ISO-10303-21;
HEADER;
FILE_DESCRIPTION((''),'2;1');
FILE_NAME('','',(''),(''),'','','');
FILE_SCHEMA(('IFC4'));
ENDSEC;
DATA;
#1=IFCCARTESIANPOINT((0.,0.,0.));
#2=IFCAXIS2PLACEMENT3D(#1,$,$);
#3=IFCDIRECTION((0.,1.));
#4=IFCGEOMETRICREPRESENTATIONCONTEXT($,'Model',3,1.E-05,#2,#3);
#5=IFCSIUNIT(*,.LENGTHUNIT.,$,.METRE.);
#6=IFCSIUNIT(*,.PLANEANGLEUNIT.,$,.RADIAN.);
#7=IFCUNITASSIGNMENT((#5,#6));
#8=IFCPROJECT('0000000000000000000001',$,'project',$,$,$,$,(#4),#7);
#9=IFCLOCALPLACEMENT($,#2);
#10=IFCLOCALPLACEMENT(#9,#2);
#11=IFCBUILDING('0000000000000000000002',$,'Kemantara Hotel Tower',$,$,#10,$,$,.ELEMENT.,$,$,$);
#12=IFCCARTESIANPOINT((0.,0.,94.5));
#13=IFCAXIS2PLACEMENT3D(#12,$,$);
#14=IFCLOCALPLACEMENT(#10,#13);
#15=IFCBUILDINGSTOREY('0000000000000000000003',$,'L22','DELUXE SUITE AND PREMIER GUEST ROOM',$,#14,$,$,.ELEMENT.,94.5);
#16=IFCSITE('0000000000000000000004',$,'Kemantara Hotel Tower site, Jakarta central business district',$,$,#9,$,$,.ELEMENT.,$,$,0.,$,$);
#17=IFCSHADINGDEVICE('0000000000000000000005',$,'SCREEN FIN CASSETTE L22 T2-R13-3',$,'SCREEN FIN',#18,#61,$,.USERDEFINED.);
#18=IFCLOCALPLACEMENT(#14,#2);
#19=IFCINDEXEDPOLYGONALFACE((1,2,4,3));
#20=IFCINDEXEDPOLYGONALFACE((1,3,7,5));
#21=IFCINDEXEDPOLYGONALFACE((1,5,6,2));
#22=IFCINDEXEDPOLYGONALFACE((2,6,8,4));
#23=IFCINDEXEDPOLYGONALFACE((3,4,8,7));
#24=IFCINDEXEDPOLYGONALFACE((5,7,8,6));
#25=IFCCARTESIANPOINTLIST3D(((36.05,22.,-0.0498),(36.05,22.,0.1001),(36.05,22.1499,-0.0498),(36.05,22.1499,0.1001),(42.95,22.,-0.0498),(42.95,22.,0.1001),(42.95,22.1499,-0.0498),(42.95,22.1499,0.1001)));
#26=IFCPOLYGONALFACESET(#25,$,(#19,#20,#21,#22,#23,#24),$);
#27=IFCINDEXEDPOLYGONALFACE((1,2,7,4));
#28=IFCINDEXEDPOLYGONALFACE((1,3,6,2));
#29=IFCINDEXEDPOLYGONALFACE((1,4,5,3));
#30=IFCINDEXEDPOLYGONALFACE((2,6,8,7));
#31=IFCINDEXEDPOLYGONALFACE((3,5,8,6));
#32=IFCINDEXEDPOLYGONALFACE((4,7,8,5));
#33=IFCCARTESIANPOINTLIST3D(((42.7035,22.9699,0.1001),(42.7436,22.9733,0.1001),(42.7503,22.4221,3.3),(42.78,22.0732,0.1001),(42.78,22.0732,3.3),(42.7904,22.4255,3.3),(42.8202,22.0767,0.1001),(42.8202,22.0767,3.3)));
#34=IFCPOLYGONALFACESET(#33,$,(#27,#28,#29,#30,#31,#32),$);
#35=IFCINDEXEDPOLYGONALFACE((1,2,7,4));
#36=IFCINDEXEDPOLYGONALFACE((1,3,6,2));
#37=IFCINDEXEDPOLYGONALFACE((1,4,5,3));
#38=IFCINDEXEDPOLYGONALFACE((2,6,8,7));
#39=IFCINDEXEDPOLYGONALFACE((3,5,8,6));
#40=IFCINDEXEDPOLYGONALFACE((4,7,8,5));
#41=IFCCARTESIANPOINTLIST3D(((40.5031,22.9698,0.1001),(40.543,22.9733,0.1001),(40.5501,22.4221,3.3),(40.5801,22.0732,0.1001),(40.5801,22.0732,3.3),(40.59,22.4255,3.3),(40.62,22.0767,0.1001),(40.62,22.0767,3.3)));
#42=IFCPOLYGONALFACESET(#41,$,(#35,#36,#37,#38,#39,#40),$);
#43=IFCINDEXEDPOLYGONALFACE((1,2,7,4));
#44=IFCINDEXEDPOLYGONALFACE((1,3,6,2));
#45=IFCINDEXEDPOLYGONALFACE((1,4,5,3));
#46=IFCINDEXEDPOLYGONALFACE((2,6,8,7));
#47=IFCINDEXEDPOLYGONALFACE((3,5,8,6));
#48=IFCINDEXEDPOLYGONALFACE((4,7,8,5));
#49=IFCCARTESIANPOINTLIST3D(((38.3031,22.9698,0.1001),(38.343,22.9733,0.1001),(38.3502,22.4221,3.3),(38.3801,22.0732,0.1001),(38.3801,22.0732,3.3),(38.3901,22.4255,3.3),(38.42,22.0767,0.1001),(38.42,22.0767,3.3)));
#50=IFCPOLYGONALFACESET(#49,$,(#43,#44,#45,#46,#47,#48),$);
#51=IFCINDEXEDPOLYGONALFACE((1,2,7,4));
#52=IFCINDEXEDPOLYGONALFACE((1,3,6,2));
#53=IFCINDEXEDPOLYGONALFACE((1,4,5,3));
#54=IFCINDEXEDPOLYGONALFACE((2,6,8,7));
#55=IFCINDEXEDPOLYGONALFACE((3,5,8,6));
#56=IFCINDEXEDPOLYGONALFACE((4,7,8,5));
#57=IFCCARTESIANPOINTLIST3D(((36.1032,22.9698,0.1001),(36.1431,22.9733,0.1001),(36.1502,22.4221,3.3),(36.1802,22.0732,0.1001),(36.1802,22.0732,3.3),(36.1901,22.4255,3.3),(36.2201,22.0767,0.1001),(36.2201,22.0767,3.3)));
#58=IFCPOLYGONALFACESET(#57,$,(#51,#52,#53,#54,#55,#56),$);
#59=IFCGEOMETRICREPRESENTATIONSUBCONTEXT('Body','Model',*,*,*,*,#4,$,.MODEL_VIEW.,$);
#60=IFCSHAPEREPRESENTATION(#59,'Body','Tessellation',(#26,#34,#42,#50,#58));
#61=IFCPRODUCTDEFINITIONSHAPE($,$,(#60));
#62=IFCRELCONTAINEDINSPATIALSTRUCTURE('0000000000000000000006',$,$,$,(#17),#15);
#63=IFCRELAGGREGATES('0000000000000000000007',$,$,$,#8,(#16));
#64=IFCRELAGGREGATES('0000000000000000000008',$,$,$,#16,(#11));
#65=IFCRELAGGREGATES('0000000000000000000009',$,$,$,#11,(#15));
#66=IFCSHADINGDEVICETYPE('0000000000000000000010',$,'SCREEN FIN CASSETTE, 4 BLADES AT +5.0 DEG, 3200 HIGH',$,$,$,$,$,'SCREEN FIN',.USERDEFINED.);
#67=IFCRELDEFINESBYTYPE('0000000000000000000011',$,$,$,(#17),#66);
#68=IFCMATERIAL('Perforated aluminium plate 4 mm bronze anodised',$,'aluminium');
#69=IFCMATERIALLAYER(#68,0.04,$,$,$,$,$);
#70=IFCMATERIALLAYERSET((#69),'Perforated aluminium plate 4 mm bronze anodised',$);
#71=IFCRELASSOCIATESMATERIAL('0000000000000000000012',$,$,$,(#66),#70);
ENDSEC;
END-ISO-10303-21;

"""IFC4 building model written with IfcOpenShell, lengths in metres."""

from ifc_helpers import new_model, si_unit, direction, frame, origin, origin_2d, place, context, subcontext, project, spatial, polyline, rectangle, outline, extrude, source, transform, mapped, material, layer, layer_set, type_object, element, save


model = new_model("IFC4")

# Units and contexts
model_context = context("Model", 3, precision=1e-05, world=origin(), true_north=direction((0.0, 1.0)))
body_context = subcontext(model_context, "Body", "Model", "MODEL_VIEW")
ifc_project = project(units=[si_unit("LENGTHUNIT", "METRE"), si_unit("PLANEANGLEUNIT", "RADIAN")], contexts=[model_context])

# Site, building, storey
site_placement = place(None, origin())
site = spatial("IfcSite", under=ifc_project, at=site_placement, Name="Kemantara Hotel Tower site, Jakarta central business district", CompositionType="ELEMENT", RefElevation=0.0)
building_placement = place(site_placement, origin())
building = spatial("IfcBuilding", under=site, at=building_placement, Name="Kemantara Hotel Tower", CompositionType="ELEMENT")
storey_placement = place(building_placement, frame((0.0, 0.0, 94.5)))
storey = spatial("IfcBuildingStorey", under=building, at=storey_placement, Name="L22", Description="DELUXE SUITE AND PREMIER GUEST ROOM", CompositionType="ELEMENT", Elevation=94.5)

# Shading device
ifc_material_1 = material(Name="Perforated aluminium plate 4 mm bronze anodised", Category="aluminium")
ifc_layer_1 = layer(ifc_material_1, 0.04)
ifc_layer_set_1 = layer_set([ifc_layer_1], Name="Perforated aluminium plate 4 mm bronze anodised")
shading_device_type_1 = type_object("IfcShadingDeviceType", Name="SCREEN FIN CASSETTE, 4 BLADES AT +5.0 DEG, 3200 HIGH", ElementType="SCREEN FIN", PredefinedType="USERDEFINED", material=ifc_layer_set_1)
shared_shape_1 = source(origin(), body_context, "Body", "SweptSolid", [
    extrude(rectangle(XDim=6.8999, YDim=0.1499, at=origin_2d()), frame((3.3, -0.075, -0.1499), z_axis=(0.0, 0.0, 1.0), x_axis=(1.0, 0.0, 0.0)), (0.0, 0.0, 1.0), 0.1499),
    extrude(outline(polyline([(0.0, 0.0), (0.8999, 0.0), (0.3501, 3.2), (0.0, 3.2), (0.0, 0.0)])), frame((0.02, -0.0732, 0.0), z_axis=(-0.996376, -0.085056, 0.0), x_axis=(0.085056, -0.996376, 0.0)), (0.0, 0.0, 1.0), 0.0403),
    extrude(outline(polyline([(0.0, 0.0), (0.8999, 0.0), (0.3501, 3.2), (0.0, 3.2), (0.0, 0.0)])), frame((2.22, -0.0732, 0.0), z_axis=(-0.996332, -0.085575, 0.0), x_axis=(0.085575, -0.996332, 0.0)), (0.0, 0.0, 1.0), 0.04),
    extrude(outline(polyline([(0.0, 0.0), (0.8999, 0.0), (0.3501, 3.2), (0.0, 3.2), (0.0, 0.0)])), frame((4.4199, -0.0732, 0.0), z_axis=(-0.996332, -0.085575, 0.0), x_axis=(0.085575, -0.996332, 0.0)), (0.0, 0.0, 1.0), 0.04),
    extrude(outline(polyline([(0.0, 0.0), (0.8999, 0.0), (0.3501, 3.2), (0.0, 3.2), (0.0, 0.0)])), frame((6.6199, -0.0732, 0.0), z_axis=(-0.996332, -0.085575, 0.0), x_axis=(0.085575, -0.996332, 0.0)), (0.0, 0.0, 1.0), 0.04),
])
shading_device_1_placement = place(storey_placement, frame((42.8, 22.0, 0.1001), z_axis=(0.0, 0.0, 1.0), x_axis=(-1.0, 0.0, 0.0)))
element("IfcShadingDevice", 1, at=shading_device_1_placement, inside=storey, type_object=shading_device_type_1, Name="SCREEN FIN CASSETTE L22 T2-R13-3", ObjectType="SCREEN FIN", PredefinedType="USERDEFINED", context=body_context, shape_type="MappedRepresentation", body=[
    mapped(shared_shape_1, transform((0.0, 0.0, 0.0))),
])

save(model, "model.ifc")
